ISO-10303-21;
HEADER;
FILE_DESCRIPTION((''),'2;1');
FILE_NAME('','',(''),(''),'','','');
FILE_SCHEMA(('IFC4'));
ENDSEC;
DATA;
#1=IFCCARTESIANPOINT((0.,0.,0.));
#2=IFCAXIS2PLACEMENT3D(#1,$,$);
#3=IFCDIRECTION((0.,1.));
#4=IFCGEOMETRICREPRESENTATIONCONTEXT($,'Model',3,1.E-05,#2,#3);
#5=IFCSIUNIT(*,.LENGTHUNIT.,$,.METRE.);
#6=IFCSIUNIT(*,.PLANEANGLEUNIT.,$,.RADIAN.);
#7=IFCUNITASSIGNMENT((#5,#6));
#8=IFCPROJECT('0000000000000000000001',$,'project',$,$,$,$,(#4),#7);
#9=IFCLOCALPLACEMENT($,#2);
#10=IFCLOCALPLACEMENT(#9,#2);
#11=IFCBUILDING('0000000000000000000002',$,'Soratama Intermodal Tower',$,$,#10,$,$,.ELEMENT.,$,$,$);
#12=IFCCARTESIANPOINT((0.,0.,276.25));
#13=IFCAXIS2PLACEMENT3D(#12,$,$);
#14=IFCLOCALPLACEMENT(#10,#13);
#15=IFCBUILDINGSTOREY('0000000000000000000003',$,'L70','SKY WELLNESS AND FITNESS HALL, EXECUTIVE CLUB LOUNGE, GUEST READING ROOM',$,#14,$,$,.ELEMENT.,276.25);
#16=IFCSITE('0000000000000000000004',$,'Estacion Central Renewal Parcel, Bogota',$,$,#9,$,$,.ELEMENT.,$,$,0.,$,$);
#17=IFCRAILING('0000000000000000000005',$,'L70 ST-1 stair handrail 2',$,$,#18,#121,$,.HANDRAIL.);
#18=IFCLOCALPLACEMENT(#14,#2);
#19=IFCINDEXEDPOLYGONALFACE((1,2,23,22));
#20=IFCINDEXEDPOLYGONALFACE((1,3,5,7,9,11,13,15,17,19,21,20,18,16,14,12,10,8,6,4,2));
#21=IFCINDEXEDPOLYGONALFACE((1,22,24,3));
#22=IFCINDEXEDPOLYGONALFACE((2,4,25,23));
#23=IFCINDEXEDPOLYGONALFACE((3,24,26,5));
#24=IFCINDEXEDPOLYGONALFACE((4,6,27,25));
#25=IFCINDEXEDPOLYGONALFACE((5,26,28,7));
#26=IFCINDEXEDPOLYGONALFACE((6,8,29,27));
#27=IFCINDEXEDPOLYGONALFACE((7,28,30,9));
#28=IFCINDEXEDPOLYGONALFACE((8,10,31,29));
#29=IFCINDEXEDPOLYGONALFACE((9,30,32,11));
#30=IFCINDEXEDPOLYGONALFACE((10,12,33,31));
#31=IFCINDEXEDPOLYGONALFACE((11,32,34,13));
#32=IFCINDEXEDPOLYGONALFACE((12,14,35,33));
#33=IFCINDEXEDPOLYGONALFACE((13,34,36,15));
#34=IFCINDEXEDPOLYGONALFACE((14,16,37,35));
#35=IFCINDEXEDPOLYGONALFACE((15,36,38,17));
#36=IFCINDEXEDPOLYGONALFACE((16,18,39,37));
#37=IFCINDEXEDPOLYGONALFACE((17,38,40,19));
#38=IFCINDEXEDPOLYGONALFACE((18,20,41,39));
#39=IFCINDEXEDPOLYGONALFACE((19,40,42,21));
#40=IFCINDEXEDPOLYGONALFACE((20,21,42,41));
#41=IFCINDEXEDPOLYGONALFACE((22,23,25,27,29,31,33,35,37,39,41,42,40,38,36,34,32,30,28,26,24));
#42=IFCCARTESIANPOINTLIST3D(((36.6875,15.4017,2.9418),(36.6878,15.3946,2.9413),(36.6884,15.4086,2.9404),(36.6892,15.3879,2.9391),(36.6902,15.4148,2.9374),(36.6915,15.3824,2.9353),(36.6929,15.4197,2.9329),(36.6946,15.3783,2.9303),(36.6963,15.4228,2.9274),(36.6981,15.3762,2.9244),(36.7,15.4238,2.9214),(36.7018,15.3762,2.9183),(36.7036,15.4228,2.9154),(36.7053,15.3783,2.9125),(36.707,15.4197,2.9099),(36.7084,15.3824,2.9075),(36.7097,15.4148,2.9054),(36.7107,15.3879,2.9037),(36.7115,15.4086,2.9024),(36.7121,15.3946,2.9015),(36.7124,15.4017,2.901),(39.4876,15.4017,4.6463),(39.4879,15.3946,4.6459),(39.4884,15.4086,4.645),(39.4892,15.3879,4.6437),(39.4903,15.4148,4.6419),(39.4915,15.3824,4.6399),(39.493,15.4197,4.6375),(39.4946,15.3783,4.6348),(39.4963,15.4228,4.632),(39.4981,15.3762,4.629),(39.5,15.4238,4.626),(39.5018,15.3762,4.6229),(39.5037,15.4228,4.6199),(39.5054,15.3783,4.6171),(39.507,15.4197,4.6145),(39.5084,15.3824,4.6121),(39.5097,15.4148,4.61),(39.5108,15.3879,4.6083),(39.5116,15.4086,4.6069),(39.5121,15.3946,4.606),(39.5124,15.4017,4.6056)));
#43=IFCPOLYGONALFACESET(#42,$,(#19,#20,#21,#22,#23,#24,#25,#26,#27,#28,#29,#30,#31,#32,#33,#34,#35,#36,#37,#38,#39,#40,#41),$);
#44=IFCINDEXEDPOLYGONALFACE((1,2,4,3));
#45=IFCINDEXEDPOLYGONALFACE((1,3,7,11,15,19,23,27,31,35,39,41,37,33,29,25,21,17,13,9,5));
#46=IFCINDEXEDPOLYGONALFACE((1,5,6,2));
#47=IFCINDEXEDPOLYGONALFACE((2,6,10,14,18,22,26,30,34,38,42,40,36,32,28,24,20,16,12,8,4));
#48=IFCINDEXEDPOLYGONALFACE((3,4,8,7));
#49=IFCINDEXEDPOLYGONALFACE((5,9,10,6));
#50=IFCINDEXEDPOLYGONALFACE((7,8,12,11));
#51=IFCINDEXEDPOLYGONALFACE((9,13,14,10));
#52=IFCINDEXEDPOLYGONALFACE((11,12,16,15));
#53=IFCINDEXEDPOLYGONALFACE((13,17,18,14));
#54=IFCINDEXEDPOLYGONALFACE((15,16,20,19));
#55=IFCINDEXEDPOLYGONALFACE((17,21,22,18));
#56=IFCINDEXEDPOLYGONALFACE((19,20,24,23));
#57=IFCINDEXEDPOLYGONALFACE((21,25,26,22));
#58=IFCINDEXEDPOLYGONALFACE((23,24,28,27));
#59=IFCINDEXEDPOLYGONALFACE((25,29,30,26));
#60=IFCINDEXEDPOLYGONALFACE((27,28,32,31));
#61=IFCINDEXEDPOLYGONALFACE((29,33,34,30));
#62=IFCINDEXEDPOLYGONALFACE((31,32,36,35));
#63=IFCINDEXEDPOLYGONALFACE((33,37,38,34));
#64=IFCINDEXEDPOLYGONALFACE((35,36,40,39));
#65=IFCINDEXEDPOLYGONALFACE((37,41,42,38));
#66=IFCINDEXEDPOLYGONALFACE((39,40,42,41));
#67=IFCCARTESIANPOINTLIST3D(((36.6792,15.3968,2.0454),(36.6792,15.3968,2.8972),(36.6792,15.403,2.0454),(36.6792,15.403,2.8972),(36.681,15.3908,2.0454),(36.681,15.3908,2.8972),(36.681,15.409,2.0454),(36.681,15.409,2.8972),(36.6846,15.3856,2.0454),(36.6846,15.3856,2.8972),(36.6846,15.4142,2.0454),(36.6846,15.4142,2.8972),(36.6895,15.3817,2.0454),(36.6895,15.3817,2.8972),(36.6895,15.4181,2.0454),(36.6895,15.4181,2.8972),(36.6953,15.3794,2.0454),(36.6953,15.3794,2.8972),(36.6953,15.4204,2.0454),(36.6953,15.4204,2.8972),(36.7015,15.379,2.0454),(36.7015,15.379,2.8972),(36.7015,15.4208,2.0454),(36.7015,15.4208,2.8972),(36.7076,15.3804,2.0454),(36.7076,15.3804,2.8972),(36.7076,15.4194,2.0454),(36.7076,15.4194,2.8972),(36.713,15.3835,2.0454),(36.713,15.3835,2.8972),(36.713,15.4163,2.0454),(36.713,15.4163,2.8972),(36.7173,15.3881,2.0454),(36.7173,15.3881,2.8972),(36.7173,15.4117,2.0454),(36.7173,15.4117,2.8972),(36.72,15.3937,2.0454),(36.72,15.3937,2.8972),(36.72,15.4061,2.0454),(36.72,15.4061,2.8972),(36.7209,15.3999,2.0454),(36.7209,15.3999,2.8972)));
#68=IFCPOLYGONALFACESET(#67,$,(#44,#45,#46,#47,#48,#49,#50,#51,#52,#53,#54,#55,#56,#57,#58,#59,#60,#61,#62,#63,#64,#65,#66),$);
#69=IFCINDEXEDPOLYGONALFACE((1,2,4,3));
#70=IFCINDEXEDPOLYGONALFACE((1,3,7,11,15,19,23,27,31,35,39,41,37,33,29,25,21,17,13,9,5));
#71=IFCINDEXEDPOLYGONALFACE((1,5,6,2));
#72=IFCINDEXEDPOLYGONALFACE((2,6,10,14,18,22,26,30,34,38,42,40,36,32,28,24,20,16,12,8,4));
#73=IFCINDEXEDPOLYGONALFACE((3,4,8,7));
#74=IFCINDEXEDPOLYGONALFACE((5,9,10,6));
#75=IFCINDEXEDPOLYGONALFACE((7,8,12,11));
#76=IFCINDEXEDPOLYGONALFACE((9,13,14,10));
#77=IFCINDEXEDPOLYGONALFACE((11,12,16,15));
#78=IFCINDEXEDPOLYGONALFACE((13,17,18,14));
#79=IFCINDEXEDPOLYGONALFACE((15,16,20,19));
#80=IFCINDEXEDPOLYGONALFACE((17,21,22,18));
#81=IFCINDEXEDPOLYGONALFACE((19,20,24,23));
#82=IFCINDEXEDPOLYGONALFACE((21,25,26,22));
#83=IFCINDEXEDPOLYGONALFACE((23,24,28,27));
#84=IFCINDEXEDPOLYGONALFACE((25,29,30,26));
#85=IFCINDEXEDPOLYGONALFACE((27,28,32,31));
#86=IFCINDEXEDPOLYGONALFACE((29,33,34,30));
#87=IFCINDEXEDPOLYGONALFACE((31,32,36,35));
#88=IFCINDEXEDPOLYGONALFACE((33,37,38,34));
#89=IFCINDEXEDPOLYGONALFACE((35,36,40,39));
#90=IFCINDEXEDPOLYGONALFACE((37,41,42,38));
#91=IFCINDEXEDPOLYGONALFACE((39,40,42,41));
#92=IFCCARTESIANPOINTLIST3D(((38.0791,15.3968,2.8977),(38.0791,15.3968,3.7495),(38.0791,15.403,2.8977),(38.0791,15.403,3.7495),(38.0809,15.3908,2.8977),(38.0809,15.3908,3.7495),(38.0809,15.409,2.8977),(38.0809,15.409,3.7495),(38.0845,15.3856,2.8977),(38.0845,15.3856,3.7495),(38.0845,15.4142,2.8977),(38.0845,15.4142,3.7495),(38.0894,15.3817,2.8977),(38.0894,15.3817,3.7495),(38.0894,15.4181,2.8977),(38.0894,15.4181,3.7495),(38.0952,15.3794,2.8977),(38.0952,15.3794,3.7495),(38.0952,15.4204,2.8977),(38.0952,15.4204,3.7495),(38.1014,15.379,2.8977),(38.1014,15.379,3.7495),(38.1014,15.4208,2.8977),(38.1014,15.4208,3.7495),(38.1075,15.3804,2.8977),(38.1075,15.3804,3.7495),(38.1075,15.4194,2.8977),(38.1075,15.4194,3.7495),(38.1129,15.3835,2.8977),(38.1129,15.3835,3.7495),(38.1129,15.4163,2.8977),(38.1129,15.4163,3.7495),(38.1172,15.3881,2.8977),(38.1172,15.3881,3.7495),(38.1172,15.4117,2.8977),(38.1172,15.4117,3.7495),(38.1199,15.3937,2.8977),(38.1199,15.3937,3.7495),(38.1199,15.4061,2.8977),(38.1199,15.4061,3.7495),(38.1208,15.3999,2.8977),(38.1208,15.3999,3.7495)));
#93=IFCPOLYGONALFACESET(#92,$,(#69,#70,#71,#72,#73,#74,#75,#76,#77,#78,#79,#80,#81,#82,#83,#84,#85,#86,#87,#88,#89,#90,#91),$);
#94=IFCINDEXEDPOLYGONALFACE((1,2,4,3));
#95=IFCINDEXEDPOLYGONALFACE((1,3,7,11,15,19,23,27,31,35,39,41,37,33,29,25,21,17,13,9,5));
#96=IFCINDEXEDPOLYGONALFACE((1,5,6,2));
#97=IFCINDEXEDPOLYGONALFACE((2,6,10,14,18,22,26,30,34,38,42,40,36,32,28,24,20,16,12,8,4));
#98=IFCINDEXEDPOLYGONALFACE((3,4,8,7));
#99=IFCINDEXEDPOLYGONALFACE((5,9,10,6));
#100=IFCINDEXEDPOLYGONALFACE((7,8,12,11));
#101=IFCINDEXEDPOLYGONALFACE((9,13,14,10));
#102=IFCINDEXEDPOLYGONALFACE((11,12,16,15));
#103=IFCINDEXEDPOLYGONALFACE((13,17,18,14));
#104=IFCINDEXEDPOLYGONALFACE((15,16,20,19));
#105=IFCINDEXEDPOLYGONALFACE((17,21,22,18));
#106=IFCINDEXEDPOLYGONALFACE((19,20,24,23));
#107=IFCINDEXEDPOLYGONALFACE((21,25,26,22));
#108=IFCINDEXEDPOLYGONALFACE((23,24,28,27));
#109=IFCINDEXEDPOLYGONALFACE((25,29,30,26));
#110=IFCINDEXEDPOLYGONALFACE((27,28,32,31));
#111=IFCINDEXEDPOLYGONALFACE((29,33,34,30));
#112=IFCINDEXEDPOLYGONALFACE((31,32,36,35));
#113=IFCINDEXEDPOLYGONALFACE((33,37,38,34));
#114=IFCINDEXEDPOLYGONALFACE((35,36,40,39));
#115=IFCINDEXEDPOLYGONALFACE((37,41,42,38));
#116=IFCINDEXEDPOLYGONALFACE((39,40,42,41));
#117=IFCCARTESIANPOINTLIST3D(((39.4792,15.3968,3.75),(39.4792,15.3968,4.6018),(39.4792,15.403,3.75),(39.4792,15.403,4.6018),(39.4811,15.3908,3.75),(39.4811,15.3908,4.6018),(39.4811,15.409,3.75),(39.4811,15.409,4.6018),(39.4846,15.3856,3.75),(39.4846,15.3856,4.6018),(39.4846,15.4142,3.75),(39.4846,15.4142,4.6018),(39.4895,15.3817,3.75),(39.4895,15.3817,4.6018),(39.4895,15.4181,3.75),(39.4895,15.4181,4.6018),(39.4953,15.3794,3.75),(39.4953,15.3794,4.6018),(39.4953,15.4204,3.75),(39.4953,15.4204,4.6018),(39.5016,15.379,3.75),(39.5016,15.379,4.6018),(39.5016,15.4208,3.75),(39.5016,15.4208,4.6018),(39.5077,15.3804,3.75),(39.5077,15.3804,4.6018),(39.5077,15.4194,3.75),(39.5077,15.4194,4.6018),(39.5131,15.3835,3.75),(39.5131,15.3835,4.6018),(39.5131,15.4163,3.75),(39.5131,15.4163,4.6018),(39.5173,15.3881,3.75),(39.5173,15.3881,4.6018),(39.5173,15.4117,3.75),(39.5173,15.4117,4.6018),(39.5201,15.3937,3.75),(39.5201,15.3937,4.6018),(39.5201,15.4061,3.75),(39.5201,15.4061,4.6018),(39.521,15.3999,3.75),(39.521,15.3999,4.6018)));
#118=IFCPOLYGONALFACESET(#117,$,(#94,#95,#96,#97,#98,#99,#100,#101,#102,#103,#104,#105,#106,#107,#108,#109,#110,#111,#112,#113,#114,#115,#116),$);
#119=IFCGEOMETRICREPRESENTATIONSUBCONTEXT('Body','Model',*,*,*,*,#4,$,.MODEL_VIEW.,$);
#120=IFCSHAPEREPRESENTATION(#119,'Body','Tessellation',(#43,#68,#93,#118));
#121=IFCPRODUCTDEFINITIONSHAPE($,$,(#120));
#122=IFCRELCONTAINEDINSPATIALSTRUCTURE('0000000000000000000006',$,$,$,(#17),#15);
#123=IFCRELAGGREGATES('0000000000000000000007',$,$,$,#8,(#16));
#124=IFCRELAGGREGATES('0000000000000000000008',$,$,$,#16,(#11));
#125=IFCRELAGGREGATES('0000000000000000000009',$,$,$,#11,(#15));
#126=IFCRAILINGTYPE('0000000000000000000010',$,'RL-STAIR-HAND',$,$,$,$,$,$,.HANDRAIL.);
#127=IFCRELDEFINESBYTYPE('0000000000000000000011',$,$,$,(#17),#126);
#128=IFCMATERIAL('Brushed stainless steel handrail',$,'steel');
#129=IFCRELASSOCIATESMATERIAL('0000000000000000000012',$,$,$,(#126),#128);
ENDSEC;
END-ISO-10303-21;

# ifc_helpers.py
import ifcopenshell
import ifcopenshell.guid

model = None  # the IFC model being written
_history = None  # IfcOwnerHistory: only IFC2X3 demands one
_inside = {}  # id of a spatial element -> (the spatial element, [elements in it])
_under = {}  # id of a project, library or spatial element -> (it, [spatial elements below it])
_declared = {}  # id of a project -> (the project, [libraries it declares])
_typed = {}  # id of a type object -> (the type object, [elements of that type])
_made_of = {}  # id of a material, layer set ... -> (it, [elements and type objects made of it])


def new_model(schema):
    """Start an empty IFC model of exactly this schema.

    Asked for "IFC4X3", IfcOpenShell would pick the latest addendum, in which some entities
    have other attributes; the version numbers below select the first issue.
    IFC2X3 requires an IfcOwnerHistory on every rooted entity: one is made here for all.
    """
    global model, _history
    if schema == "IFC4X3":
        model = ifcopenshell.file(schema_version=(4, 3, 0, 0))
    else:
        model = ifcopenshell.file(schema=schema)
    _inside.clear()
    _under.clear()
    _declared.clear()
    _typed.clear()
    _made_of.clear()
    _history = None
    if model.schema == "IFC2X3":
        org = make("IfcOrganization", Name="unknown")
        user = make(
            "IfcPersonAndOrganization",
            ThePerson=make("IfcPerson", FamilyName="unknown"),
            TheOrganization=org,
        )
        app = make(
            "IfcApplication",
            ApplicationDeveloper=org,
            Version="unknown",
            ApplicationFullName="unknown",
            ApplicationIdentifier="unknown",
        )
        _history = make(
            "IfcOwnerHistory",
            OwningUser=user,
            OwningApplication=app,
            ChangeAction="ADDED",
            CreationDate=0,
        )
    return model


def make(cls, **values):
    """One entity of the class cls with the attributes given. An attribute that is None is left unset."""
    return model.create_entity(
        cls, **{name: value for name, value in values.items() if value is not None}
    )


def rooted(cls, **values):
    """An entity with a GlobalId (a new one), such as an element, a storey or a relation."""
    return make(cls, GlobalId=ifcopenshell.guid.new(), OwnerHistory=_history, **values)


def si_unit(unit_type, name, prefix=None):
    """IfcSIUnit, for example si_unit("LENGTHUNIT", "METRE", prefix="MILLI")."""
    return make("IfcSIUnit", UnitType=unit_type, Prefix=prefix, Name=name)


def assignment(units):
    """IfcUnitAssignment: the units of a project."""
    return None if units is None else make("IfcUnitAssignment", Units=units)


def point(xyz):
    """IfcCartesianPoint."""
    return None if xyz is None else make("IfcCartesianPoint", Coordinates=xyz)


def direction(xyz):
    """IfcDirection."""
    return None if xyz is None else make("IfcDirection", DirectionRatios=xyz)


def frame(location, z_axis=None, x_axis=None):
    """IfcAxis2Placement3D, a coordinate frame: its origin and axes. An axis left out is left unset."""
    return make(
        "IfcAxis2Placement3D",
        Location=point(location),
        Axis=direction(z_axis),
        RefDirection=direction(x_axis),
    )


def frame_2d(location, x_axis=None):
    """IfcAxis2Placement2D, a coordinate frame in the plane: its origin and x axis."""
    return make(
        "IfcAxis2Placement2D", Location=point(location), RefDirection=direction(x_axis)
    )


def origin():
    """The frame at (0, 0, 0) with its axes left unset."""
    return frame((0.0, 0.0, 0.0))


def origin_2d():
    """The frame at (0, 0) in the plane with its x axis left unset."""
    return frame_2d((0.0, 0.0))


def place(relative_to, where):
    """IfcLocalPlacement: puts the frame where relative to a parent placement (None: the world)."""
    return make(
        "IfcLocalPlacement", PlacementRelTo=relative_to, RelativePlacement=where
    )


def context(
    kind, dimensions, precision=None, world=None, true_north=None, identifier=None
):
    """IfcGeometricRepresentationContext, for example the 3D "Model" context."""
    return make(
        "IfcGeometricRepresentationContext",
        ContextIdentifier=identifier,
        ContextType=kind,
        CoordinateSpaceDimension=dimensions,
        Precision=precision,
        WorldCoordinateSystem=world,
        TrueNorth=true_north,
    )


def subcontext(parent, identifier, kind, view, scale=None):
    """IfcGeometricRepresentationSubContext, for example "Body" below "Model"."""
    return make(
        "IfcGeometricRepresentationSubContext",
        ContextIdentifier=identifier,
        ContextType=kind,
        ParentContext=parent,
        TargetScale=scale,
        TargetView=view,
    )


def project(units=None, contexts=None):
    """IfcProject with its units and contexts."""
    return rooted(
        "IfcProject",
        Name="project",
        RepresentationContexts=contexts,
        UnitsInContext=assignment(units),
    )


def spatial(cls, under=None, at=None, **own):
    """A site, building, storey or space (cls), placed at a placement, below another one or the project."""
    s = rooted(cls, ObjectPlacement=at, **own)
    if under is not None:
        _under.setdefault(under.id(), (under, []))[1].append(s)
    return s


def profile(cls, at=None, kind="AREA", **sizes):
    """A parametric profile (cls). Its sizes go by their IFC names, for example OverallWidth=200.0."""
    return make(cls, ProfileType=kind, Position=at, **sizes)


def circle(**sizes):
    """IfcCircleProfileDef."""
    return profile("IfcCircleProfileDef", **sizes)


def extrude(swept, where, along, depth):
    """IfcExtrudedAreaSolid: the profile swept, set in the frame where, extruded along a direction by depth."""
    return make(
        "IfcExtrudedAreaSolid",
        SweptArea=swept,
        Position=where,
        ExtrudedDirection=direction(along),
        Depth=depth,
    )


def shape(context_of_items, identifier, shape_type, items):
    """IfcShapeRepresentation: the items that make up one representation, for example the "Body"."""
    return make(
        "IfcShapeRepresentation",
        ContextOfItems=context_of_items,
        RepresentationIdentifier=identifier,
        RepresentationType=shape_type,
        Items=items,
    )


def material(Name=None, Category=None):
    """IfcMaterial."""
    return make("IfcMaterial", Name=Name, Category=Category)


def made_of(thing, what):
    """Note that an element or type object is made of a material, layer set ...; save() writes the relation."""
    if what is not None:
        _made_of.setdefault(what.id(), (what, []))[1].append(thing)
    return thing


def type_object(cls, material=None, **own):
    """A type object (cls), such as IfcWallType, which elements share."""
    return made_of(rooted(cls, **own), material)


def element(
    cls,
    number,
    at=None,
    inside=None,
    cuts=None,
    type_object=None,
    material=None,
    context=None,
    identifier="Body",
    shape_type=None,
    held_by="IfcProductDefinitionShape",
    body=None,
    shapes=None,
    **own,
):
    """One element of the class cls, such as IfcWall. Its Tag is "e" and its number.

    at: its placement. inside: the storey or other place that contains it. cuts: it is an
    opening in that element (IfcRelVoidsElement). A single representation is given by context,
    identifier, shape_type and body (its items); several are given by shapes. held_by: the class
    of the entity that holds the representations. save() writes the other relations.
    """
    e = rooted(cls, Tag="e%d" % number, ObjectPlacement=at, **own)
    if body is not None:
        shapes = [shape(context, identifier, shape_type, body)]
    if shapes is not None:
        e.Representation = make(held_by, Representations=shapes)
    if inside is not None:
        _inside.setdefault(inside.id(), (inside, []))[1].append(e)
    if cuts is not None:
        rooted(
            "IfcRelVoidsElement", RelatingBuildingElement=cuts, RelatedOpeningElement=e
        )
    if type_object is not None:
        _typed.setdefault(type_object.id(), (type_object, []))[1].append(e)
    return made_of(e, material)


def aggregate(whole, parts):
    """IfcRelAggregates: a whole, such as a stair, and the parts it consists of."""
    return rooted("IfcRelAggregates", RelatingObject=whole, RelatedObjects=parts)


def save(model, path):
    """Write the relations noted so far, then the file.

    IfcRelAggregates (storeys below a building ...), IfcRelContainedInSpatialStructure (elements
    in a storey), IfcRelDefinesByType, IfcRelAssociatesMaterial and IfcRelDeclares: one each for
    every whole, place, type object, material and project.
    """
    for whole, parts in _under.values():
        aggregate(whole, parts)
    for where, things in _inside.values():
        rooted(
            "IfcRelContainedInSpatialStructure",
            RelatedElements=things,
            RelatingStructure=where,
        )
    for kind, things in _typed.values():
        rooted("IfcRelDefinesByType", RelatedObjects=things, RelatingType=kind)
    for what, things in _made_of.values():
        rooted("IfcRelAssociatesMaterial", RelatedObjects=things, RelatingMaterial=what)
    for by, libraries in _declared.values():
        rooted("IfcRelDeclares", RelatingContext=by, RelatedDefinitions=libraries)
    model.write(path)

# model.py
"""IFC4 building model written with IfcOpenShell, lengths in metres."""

from ifc_helpers import new_model, si_unit, direction, frame, origin, origin_2d, place, context, subcontext, project, spatial, circle, extrude, material, type_object, element, save


model = new_model("IFC4")

# Units and contexts
model_context = context("Model", 3, precision=1e-05, world=origin(), true_north=direction((0.0, 1.0)))
body_context = subcontext(model_context, "Body", "Model", "MODEL_VIEW")
ifc_project = project(units=[si_unit("LENGTHUNIT", "METRE"), si_unit("PLANEANGLEUNIT", "RADIAN")], contexts=[model_context])

# Site, building, storey
site_placement = place(None, origin())
site = spatial("IfcSite", under=ifc_project, at=site_placement, Name="Estacion Central Renewal Parcel, Bogota", CompositionType="ELEMENT", RefElevation=0.0)
building_placement = place(site_placement, origin())
building = spatial("IfcBuilding", under=site, at=building_placement, Name="Soratama Intermodal Tower", CompositionType="ELEMENT")
storey_placement = place(building_placement, frame((0.0, 0.0, 276.25)))
storey = spatial("IfcBuildingStorey", under=building, at=storey_placement, Name="L70", Description="SKY WELLNESS AND FITNESS HALL, EXECUTIVE CLUB LOUNGE, GUEST READING ROOM", CompositionType="ELEMENT", Elevation=276.25)

# Railing
ifc_material_1 = material(Name="Brushed stainless steel handrail", Category="steel")
railing_type_1 = type_object("IfcRailingType", Name="RL-STAIR-HAND", PredefinedType="HANDRAIL", material=ifc_material_1)
railing_1_placement = place(storey_placement, frame((36.7, 15.3999, 2.0454)))
element("IfcRailing", 1, at=railing_1_placement, inside=storey, type_object=railing_type_1, Name="L70 ST-1 stair handrail 2", PredefinedType="HANDRAIL", context=body_context, shape_type="SweptSolid", body=[
    extrude(circle(Radius=0.0239, at=origin_2d()), frame((0.0, 0.0, 0.876), z_axis=(0.85417, 0.0, 0.519994), x_axis=(0.0, 1.0, 0.0)), (0.0, 0.0, 1.0), 3.2781),
    extrude(circle(Radius=0.021, at=origin_2d()), origin(), (0.0, 0.0, 1.0), 0.8518),
    extrude(circle(Radius=0.021, at=origin_2d()), frame((1.3999, 0.0, 0.8523)), (0.0, 0.0, 1.0), 0.8518),
    extrude(circle(Radius=0.021, at=origin_2d()), frame((2.8, 0.0, 1.7046)), (0.0, 0.0, 1.0), 0.8518),
])

save(model, "model.ifc")
